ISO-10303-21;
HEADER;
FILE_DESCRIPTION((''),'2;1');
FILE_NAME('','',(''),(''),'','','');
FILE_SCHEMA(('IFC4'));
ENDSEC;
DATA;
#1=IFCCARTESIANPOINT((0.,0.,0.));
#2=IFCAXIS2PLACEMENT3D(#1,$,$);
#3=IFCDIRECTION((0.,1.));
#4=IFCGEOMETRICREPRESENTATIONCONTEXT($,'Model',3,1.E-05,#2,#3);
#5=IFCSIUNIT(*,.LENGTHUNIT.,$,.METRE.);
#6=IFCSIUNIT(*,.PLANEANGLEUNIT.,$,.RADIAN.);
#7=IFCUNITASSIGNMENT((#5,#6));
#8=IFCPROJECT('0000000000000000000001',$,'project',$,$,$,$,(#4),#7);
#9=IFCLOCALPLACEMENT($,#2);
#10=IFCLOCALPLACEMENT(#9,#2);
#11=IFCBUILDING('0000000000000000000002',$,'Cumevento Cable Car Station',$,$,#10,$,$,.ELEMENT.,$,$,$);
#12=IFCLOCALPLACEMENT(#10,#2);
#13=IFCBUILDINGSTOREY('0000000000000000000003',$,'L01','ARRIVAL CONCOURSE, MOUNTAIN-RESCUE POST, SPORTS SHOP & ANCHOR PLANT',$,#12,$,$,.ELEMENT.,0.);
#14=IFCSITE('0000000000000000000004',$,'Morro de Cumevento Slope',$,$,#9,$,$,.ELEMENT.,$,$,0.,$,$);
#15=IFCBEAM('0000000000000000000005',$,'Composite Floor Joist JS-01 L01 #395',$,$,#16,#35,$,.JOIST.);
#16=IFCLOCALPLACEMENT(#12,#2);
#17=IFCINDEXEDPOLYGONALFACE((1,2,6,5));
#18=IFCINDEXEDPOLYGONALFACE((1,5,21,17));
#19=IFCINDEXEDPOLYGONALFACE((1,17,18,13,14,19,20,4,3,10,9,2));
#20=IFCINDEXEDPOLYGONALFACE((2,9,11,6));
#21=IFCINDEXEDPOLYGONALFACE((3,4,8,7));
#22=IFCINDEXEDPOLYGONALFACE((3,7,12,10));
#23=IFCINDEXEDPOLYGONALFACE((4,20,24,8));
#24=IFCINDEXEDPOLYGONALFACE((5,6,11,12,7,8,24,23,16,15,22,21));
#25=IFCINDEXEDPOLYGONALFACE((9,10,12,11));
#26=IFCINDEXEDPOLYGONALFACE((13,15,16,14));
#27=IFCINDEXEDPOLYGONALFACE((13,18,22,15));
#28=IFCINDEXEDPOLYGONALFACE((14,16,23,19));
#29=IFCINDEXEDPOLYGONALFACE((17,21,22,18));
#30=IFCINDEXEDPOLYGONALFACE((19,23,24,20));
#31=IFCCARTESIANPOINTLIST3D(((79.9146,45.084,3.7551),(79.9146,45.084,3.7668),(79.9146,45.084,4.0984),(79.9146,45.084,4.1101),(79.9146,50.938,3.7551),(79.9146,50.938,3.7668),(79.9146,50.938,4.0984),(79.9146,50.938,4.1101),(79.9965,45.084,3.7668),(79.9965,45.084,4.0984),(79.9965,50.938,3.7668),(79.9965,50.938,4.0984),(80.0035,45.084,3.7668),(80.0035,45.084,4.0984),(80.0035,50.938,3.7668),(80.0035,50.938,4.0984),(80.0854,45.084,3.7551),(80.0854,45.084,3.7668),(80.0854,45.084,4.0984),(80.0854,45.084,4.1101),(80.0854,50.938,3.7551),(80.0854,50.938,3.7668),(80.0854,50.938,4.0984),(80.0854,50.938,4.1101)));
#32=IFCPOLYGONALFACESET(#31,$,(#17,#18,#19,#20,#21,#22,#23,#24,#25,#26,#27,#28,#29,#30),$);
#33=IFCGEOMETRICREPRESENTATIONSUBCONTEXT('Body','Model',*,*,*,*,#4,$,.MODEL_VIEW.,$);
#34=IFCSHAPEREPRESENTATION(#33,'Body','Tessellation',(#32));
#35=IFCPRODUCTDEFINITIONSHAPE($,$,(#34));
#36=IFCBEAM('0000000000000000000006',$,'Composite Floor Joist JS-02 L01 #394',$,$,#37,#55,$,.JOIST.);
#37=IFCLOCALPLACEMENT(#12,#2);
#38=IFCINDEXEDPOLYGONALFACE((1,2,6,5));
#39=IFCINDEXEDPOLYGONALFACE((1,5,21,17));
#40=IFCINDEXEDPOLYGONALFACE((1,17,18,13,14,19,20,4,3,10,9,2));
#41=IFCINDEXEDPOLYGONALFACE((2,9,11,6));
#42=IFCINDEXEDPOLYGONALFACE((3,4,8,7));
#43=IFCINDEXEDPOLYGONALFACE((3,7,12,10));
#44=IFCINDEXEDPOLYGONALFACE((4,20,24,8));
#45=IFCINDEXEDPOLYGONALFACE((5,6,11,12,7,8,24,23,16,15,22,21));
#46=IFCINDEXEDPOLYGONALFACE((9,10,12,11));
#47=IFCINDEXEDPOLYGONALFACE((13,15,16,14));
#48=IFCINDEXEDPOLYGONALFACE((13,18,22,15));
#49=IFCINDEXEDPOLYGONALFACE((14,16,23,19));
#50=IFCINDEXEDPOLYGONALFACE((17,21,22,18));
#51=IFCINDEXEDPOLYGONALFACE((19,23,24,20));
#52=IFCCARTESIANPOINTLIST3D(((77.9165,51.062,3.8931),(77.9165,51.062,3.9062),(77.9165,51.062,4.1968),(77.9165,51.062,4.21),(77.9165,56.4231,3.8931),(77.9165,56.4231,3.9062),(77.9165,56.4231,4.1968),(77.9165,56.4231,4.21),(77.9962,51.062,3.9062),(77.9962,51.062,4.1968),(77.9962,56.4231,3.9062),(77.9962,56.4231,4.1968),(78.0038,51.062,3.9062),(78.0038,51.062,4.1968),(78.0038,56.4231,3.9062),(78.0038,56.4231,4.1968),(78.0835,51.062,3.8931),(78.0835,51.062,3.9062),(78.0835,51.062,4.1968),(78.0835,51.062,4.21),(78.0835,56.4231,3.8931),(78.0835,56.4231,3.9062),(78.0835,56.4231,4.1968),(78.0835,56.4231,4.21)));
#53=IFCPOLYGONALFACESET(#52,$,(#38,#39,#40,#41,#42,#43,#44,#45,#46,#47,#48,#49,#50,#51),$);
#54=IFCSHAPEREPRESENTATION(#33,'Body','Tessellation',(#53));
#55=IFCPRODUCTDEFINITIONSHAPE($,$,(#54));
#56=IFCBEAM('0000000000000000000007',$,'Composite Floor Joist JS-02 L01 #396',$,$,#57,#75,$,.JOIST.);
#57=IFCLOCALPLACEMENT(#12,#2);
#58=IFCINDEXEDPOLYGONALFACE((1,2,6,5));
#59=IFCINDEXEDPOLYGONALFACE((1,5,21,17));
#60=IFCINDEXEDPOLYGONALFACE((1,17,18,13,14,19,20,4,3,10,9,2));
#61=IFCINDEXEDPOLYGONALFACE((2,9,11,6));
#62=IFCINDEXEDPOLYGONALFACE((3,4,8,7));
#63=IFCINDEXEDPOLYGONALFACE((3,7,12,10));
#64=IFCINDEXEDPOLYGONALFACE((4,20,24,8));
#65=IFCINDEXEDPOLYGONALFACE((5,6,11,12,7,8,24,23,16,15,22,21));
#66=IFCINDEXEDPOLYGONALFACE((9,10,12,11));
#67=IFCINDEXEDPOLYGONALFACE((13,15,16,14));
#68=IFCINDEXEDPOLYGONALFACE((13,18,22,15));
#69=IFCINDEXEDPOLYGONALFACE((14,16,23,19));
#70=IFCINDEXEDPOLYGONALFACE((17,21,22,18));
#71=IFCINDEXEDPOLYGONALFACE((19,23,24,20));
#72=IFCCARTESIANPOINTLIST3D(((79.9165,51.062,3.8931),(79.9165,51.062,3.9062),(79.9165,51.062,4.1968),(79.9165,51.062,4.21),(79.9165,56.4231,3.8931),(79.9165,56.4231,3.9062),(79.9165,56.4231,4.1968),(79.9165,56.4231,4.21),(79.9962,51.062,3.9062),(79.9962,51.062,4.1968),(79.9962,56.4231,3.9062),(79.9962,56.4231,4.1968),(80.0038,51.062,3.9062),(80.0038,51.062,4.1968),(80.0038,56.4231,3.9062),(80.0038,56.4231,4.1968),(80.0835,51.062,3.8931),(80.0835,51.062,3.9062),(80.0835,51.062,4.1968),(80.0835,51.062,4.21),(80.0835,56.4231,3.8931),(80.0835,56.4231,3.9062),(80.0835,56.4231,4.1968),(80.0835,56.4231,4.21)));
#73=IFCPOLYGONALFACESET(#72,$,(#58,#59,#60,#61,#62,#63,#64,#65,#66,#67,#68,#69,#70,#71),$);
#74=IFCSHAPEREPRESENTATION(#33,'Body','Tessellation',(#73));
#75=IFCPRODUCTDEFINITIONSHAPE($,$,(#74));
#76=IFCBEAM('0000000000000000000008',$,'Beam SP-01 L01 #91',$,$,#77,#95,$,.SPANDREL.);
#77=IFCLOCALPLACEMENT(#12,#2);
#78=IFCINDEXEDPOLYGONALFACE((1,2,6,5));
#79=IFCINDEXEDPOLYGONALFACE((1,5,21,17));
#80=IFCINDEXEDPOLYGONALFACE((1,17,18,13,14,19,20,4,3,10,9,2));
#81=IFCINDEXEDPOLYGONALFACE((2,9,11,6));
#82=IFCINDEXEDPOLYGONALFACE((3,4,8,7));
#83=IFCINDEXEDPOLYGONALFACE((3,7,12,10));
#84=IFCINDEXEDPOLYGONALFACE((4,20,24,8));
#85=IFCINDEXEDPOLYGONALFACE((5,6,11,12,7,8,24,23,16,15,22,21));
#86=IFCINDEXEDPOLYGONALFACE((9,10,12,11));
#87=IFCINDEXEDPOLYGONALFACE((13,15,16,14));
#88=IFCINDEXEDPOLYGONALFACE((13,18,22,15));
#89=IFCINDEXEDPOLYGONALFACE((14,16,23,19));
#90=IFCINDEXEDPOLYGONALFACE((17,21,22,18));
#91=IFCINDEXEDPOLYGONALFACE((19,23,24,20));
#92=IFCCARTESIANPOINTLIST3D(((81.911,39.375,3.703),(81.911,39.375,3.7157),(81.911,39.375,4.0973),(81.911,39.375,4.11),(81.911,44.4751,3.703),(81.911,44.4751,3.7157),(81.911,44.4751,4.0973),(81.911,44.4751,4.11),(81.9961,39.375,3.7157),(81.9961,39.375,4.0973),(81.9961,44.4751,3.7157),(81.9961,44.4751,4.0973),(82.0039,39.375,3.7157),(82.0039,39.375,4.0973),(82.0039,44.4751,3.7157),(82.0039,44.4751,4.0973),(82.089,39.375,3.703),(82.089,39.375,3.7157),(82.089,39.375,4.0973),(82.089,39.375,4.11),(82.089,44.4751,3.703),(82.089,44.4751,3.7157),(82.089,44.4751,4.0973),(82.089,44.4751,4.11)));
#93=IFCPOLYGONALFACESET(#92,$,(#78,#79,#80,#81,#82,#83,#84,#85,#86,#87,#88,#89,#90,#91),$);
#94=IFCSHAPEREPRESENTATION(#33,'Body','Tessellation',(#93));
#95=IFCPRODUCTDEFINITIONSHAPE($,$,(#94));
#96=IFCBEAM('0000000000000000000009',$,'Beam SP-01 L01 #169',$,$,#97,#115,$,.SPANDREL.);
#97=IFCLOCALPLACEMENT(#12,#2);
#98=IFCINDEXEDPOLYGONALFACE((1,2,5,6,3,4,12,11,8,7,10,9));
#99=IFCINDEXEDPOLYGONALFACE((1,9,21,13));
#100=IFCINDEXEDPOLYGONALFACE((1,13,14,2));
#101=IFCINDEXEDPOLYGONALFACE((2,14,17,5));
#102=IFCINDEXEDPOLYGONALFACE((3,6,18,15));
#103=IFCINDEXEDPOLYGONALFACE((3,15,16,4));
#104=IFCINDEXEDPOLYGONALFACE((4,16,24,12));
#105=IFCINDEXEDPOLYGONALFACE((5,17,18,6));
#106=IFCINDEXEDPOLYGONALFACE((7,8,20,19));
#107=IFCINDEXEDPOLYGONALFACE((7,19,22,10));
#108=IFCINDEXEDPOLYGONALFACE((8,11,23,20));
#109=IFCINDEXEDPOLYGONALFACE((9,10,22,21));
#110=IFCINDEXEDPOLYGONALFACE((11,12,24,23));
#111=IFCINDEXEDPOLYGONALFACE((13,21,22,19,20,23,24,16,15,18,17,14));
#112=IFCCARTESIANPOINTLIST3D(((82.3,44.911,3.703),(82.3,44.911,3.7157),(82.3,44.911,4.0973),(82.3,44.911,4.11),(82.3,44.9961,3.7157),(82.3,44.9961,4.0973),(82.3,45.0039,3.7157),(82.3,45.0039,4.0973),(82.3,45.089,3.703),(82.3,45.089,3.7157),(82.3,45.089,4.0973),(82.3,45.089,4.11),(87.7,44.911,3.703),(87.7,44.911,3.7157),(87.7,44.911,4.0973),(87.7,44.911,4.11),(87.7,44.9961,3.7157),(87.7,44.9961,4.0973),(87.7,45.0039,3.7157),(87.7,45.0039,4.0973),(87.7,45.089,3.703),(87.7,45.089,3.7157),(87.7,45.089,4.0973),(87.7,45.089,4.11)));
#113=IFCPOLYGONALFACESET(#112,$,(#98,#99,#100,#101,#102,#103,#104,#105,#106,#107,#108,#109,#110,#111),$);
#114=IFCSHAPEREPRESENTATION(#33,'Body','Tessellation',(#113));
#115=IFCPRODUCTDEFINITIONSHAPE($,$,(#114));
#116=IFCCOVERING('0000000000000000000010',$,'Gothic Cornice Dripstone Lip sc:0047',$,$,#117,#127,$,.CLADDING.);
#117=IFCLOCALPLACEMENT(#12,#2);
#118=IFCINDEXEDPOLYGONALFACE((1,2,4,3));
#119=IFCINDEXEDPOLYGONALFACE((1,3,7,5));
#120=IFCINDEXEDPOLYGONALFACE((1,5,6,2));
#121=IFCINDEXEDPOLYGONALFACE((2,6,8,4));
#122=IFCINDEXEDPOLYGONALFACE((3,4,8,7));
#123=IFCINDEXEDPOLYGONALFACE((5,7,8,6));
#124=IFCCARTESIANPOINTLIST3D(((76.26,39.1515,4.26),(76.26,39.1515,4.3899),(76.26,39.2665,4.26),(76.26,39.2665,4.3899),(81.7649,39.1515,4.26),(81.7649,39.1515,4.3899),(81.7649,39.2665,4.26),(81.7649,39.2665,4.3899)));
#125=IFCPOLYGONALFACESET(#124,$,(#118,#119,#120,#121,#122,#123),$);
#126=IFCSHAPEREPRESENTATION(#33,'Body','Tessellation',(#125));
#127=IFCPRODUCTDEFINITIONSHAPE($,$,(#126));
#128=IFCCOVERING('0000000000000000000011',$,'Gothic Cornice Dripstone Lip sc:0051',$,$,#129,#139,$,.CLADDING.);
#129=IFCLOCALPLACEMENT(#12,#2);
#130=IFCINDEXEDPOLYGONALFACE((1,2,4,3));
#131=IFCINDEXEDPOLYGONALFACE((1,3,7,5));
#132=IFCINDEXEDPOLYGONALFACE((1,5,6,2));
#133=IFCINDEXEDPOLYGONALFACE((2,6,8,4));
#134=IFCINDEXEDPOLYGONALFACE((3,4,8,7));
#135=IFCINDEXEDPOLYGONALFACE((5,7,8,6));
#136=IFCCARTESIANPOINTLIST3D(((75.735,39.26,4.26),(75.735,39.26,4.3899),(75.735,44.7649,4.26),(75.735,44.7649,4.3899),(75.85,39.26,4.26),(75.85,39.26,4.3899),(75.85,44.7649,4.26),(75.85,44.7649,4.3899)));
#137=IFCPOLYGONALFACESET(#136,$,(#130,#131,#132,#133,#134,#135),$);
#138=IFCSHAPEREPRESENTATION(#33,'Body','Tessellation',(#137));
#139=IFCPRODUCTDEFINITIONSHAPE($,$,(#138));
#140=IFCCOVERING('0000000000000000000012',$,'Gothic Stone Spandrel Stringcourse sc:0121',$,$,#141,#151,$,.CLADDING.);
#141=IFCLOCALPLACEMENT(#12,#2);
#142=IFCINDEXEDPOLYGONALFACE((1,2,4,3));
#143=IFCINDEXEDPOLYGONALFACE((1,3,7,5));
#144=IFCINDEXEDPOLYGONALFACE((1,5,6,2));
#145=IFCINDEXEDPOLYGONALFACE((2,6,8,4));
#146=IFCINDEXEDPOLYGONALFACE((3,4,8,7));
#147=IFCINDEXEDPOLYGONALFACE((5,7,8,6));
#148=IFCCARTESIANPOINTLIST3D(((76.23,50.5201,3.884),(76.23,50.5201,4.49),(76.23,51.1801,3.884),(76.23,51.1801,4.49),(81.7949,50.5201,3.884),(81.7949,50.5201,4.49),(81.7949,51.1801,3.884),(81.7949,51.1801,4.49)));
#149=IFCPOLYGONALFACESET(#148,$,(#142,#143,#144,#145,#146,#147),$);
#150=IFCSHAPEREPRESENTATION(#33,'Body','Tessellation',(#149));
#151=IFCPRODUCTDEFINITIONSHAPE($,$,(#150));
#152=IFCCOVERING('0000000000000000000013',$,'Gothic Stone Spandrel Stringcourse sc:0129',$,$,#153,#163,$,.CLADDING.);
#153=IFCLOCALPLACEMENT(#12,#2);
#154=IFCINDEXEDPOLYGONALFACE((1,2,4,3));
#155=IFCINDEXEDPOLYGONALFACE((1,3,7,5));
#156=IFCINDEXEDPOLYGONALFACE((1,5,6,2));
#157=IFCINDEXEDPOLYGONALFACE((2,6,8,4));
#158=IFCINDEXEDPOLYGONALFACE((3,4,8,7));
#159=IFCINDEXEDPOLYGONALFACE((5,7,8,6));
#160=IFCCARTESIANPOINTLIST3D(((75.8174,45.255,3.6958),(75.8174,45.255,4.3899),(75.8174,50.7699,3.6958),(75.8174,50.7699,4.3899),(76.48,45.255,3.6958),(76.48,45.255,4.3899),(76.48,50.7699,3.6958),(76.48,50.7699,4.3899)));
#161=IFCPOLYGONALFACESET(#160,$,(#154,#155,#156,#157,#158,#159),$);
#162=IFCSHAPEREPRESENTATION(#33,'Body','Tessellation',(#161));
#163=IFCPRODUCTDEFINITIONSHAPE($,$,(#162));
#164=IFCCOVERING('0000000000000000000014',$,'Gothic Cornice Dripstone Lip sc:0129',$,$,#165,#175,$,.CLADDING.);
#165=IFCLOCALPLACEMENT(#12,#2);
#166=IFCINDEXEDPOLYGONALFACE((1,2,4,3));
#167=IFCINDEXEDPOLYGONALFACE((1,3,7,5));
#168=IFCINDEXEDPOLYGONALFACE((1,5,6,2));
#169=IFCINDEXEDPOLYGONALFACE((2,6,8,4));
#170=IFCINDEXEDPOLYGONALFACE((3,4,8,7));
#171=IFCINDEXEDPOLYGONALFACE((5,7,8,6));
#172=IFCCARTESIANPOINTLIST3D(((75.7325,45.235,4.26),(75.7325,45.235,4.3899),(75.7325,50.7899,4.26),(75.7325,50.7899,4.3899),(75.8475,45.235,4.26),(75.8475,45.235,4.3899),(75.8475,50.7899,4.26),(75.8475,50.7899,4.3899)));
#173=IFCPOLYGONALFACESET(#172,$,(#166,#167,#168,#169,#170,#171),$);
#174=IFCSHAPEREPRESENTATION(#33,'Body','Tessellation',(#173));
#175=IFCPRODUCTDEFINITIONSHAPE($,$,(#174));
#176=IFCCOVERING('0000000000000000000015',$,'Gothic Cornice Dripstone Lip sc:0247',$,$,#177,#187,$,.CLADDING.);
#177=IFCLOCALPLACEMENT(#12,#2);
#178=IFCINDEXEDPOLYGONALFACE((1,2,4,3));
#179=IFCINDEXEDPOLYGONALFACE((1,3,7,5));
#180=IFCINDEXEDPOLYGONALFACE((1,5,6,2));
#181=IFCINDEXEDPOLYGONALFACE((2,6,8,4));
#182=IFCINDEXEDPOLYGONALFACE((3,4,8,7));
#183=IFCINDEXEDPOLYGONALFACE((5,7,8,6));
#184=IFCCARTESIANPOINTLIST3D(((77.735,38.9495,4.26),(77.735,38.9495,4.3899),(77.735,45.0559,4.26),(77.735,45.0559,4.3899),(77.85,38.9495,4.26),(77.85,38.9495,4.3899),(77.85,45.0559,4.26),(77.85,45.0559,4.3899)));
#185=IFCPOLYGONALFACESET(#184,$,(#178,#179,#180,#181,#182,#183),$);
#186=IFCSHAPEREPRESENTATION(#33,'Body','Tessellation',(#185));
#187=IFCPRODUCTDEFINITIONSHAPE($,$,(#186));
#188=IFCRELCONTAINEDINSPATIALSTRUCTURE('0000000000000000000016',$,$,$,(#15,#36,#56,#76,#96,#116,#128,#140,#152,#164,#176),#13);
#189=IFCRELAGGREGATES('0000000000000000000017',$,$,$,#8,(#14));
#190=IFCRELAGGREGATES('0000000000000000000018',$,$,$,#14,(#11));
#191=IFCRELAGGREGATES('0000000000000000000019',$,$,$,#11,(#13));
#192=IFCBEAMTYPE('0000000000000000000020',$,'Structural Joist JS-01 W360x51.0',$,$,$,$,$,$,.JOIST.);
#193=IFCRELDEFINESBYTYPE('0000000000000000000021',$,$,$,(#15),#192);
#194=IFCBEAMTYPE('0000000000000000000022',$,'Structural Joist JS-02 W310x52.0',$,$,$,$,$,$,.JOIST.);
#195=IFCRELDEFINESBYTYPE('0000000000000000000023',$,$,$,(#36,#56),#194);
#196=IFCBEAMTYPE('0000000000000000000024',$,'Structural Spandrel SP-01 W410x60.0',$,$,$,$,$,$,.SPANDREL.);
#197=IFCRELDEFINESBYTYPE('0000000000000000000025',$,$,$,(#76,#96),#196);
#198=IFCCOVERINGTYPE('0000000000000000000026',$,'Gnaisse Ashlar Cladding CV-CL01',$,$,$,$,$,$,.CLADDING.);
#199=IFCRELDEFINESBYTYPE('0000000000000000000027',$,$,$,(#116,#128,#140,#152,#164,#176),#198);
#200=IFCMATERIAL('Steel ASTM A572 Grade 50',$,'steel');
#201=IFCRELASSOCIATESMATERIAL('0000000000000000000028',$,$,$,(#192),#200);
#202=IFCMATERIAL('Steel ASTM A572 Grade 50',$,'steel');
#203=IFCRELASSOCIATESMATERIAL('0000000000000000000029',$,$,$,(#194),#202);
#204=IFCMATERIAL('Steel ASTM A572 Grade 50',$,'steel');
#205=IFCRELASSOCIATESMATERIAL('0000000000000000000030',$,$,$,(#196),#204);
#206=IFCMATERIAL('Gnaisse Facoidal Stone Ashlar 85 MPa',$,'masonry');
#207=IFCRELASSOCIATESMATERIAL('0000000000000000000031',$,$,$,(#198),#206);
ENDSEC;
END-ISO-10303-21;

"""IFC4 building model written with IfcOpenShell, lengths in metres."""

from ifc_helpers import new_model, si_unit, direction, frame, origin, origin_2d, place, context, subcontext, project, spatial, rectangle, i_section, extrude, material, material_profile, profile_set, type_object, element, save


model = new_model("IFC4")

# Units and contexts
model_context = context("Model", 3, precision=1e-05, world=origin(), true_north=direction((0.0, 1.0)))
body_context = subcontext(model_context, "Body", "Model", "MODEL_VIEW")
ifc_project = project(units=[si_unit("LENGTHUNIT", "METRE"), si_unit("PLANEANGLEUNIT", "RADIAN")], contexts=[model_context])

# Site, building, storey
site_placement = place(None, origin())
site = spatial("IfcSite", under=ifc_project, at=site_placement, Name="Morro de Cumevento Slope", CompositionType="ELEMENT", RefElevation=0.0)
building_placement = place(site_placement, origin())
building = spatial("IfcBuilding", under=site, at=building_placement, Name="Cumevento Cable Car Station", CompositionType="ELEMENT")
storey_placement = place(building_placement, origin())
storey = spatial("IfcBuildingStorey", under=building, at=storey_placement, Name="L01", Description="ARRIVAL CONCOURSE, MOUNTAIN-RESCUE POST, SPORTS SHOP & ANCHOR PLANT", CompositionType="ELEMENT", Elevation=0.0)

# Beams
ifc_material_1 = material(Name="Steel ASTM A572 Grade 50", Category="steel")
ifc_material_profile_1 = material_profile(ifc_material_1, i_section(OverallWidth=0.1709, OverallDepth=0.355, WebThickness=0.0071, FlangeThickness=0.0117, at=origin_2d()), Name="W360x51.0")
ifc_profile_set_1 = profile_set([ifc_material_profile_1], Name="Steel ASTM A572 Grade 50")
beam_type_1 = type_object("IfcBeamType", Name="Structural Joist JS-01 W360x51.0", PredefinedType="JOIST", material=ifc_profile_set_1)
for number, where, z_axis, x_axis, name in (
    (1, (80.0, 45.084, 3.9326), (0.0, 1.0, 0.0), (-1.0, 0.0, 0.0), "Composite Floor Joist JS-01 L01 #395"),
):
    element("IfcBeam", number, at=place(storey_placement, frame(where, z_axis=z_axis, x_axis=x_axis)), inside=storey, type_object=beam_type_1, Name=name, PredefinedType="JOIST", context=body_context, shape_type="SweptSolid", body=[
        extrude(i_section(OverallWidth=0.1709, OverallDepth=0.355, WebThickness=0.0071, FlangeThickness=0.0117, at=origin_2d()), origin(), (0.0, 0.0, 1.0), 5.854),
    ])
ifc_material_2 = material(Name="Steel ASTM A572 Grade 50", Category="steel")
ifc_material_profile_2 = material_profile(ifc_material_2, i_section(OverallWidth=0.167, OverallDepth=0.3169, WebThickness=0.0076, FlangeThickness=0.0132, at=origin_2d()), Name="W310x52.0")
ifc_profile_set_2 = profile_set([ifc_material_profile_2], Name="Steel ASTM A572 Grade 50")
beam_type_2 = type_object("IfcBeamType", Name="Structural Joist JS-02 W310x52.0", PredefinedType="JOIST", material=ifc_profile_set_2)
for number, where, z_axis, x_axis, name in (
    (2, (78.0, 51.062, 4.0515), (0.0, 1.0, 0.0), (-1.0, 0.0, 0.0), "Composite Floor Joist JS-02 L01 #394"),
    (3, (80.0, 51.062, 4.0515), (0.0, 1.0, 0.0), (-1.0, 0.0, 0.0), "Composite Floor Joist JS-02 L01 #396"),
):
    element("IfcBeam", number, at=place(storey_placement, frame(where, z_axis=z_axis, x_axis=x_axis)), inside=storey, type_object=beam_type_2, Name=name, PredefinedType="JOIST", context=body_context, shape_type="SweptSolid", body=[
        extrude(i_section(OverallWidth=0.167, OverallDepth=0.3169, WebThickness=0.0076, FlangeThickness=0.0132, at=origin_2d()), origin(), (0.0, 0.0, 1.0), 5.3611),
    ])
ifc_material_3 = material(Name="Steel ASTM A572 Grade 50", Category="steel")
ifc_material_profile_3 = material_profile(ifc_material_3, i_section(OverallWidth=0.178, OverallDepth=0.407, WebThickness=0.0078, FlangeThickness=0.0127, at=origin_2d()), Name="W410x60.0")
ifc_profile_set_3 = profile_set([ifc_material_profile_3], Name="Steel ASTM A572 Grade 50")
beam_type_3 = type_object("IfcBeamType", Name="Structural Spandrel SP-01 W410x60.0", PredefinedType="SPANDREL", material=ifc_profile_set_3)
beam_1_placement = place(storey_placement, frame((82.0, 39.375, 3.9065), z_axis=(0.0, 1.0, 0.0), x_axis=(-1.0, 0.0, 0.0)))
element("IfcBeam", 4, at=beam_1_placement, inside=storey, type_object=beam_type_3, Name="Beam SP-01 L01 #91", PredefinedType="SPANDREL", context=body_context, shape_type="SweptSolid", body=[
    extrude(i_section(OverallWidth=0.178, OverallDepth=0.407, WebThickness=0.0078, FlangeThickness=0.0127, at=origin_2d()), origin(), (0.0, 0.0, 1.0), 5.1001),
])
beam_2_placement = place(storey_placement, frame((82.3, 45.0, 3.9065), z_axis=(1.0, 0.0, 0.0), x_axis=(0.0, 1.0, 0.0)))
element("IfcBeam", 5, at=beam_2_placement, inside=storey, type_object=beam_type_3, Name="Beam SP-01 L01 #169", PredefinedType="SPANDREL", context=body_context, shape_type="SweptSolid", body=[
    extrude(i_section(OverallWidth=0.178, OverallDepth=0.407, WebThickness=0.0078, FlangeThickness=0.0127, at=origin_2d()), origin(), (0.0, 0.0, 1.0), 5.3999),
])

# Coverings
ifc_material_4 = material(Name="Gnaisse Facoidal Stone Ashlar 85 MPa", Category="masonry")
covering_type = type_object("IfcCoveringType", Name="Gnaisse Ashlar Cladding CV-CL01", PredefinedType="CLADDING", material=ifc_material_4)
for number, where, z_axis, x_axis, name in (
    (6, (79.0125, 39.209, 4.26), (0.0, 0.0, 1.0), (1.0, 0.0, 0.0), "Gothic Cornice Dripstone Lip sc:0047"),
    (7, (75.7925, 42.0125, 4.26), (0.0, 0.0, 1.0), (0.0, 1.0, 0.0), "Gothic Cornice Dripstone Lip sc:0051"),
):
    element("IfcCovering", number, at=place(storey_placement, frame(where, z_axis=z_axis, x_axis=x_axis)), inside=storey, type_object=covering_type, Name=name, PredefinedType="CLADDING", context=body_context, shape_type="SweptSolid", body=[
        extrude(rectangle(XDim=5.5049, YDim=0.115, at=origin_2d()), origin(), (0.0, 0.0, 1.0), 0.1299),
    ])
covering_1_placement = place(storey_placement, frame((79.0125, 50.8501, 3.884), z_axis=(0.0, 0.0, 1.0), x_axis=(1.0, 0.0, 0.0)))
element("IfcCovering", 8, at=covering_1_placement, inside=storey, type_object=covering_type, Name="Gothic Stone Spandrel Stringcourse sc:0121", PredefinedType="CLADDING", context=body_context, shape_type="SweptSolid", body=[
    extrude(rectangle(XDim=5.5649, YDim=0.6599, at=origin_2d()), origin(), (0.0, 0.0, 1.0), 0.606),
])
covering_2_placement = place(storey_placement, frame((76.1487, 48.0125, 3.6958), z_axis=(0.0, 0.0, 1.0), x_axis=(0.0, 1.0, 0.0)))
element("IfcCovering", 9, at=covering_2_placement, inside=storey, type_object=covering_type, Name="Gothic Stone Spandrel Stringcourse sc:0129", PredefinedType="CLADDING", context=body_context, shape_type="SweptSolid", body=[
    extrude(rectangle(XDim=5.5149, YDim=0.6626, at=origin_2d()), origin(), (0.0, 0.0, 1.0), 0.6941),
])
covering_3_placement = place(storey_placement, frame((75.79, 48.0125, 4.26), z_axis=(0.0, 0.0, 1.0), x_axis=(0.0, 1.0, 0.0)))
element("IfcCovering", 10, at=covering_3_placement, inside=storey, type_object=covering_type, Name="Gothic Cornice Dripstone Lip sc:0129", PredefinedType="CLADDING", context=body_context, shape_type="SweptSolid", body=[
    extrude(rectangle(XDim=5.5549, YDim=0.115, at=origin_2d()), origin(), (0.0, 0.0, 1.0), 0.1299),
])
covering_4_placement = place(storey_placement, frame((77.7925, 42.0027, 4.26), z_axis=(0.0, 0.0, 1.0), x_axis=(0.0, 1.0, 0.0)))
element("IfcCovering", 11, at=covering_4_placement, inside=storey, type_object=covering_type, Name="Gothic Cornice Dripstone Lip sc:0247", PredefinedType="CLADDING", context=body_context, shape_type="SweptSolid", body=[
    extrude(rectangle(XDim=6.1064, YDim=0.115, at=origin_2d()), origin(), (0.0, 0.0, 1.0), 0.1299),
])

save(model, "model.ifc")
